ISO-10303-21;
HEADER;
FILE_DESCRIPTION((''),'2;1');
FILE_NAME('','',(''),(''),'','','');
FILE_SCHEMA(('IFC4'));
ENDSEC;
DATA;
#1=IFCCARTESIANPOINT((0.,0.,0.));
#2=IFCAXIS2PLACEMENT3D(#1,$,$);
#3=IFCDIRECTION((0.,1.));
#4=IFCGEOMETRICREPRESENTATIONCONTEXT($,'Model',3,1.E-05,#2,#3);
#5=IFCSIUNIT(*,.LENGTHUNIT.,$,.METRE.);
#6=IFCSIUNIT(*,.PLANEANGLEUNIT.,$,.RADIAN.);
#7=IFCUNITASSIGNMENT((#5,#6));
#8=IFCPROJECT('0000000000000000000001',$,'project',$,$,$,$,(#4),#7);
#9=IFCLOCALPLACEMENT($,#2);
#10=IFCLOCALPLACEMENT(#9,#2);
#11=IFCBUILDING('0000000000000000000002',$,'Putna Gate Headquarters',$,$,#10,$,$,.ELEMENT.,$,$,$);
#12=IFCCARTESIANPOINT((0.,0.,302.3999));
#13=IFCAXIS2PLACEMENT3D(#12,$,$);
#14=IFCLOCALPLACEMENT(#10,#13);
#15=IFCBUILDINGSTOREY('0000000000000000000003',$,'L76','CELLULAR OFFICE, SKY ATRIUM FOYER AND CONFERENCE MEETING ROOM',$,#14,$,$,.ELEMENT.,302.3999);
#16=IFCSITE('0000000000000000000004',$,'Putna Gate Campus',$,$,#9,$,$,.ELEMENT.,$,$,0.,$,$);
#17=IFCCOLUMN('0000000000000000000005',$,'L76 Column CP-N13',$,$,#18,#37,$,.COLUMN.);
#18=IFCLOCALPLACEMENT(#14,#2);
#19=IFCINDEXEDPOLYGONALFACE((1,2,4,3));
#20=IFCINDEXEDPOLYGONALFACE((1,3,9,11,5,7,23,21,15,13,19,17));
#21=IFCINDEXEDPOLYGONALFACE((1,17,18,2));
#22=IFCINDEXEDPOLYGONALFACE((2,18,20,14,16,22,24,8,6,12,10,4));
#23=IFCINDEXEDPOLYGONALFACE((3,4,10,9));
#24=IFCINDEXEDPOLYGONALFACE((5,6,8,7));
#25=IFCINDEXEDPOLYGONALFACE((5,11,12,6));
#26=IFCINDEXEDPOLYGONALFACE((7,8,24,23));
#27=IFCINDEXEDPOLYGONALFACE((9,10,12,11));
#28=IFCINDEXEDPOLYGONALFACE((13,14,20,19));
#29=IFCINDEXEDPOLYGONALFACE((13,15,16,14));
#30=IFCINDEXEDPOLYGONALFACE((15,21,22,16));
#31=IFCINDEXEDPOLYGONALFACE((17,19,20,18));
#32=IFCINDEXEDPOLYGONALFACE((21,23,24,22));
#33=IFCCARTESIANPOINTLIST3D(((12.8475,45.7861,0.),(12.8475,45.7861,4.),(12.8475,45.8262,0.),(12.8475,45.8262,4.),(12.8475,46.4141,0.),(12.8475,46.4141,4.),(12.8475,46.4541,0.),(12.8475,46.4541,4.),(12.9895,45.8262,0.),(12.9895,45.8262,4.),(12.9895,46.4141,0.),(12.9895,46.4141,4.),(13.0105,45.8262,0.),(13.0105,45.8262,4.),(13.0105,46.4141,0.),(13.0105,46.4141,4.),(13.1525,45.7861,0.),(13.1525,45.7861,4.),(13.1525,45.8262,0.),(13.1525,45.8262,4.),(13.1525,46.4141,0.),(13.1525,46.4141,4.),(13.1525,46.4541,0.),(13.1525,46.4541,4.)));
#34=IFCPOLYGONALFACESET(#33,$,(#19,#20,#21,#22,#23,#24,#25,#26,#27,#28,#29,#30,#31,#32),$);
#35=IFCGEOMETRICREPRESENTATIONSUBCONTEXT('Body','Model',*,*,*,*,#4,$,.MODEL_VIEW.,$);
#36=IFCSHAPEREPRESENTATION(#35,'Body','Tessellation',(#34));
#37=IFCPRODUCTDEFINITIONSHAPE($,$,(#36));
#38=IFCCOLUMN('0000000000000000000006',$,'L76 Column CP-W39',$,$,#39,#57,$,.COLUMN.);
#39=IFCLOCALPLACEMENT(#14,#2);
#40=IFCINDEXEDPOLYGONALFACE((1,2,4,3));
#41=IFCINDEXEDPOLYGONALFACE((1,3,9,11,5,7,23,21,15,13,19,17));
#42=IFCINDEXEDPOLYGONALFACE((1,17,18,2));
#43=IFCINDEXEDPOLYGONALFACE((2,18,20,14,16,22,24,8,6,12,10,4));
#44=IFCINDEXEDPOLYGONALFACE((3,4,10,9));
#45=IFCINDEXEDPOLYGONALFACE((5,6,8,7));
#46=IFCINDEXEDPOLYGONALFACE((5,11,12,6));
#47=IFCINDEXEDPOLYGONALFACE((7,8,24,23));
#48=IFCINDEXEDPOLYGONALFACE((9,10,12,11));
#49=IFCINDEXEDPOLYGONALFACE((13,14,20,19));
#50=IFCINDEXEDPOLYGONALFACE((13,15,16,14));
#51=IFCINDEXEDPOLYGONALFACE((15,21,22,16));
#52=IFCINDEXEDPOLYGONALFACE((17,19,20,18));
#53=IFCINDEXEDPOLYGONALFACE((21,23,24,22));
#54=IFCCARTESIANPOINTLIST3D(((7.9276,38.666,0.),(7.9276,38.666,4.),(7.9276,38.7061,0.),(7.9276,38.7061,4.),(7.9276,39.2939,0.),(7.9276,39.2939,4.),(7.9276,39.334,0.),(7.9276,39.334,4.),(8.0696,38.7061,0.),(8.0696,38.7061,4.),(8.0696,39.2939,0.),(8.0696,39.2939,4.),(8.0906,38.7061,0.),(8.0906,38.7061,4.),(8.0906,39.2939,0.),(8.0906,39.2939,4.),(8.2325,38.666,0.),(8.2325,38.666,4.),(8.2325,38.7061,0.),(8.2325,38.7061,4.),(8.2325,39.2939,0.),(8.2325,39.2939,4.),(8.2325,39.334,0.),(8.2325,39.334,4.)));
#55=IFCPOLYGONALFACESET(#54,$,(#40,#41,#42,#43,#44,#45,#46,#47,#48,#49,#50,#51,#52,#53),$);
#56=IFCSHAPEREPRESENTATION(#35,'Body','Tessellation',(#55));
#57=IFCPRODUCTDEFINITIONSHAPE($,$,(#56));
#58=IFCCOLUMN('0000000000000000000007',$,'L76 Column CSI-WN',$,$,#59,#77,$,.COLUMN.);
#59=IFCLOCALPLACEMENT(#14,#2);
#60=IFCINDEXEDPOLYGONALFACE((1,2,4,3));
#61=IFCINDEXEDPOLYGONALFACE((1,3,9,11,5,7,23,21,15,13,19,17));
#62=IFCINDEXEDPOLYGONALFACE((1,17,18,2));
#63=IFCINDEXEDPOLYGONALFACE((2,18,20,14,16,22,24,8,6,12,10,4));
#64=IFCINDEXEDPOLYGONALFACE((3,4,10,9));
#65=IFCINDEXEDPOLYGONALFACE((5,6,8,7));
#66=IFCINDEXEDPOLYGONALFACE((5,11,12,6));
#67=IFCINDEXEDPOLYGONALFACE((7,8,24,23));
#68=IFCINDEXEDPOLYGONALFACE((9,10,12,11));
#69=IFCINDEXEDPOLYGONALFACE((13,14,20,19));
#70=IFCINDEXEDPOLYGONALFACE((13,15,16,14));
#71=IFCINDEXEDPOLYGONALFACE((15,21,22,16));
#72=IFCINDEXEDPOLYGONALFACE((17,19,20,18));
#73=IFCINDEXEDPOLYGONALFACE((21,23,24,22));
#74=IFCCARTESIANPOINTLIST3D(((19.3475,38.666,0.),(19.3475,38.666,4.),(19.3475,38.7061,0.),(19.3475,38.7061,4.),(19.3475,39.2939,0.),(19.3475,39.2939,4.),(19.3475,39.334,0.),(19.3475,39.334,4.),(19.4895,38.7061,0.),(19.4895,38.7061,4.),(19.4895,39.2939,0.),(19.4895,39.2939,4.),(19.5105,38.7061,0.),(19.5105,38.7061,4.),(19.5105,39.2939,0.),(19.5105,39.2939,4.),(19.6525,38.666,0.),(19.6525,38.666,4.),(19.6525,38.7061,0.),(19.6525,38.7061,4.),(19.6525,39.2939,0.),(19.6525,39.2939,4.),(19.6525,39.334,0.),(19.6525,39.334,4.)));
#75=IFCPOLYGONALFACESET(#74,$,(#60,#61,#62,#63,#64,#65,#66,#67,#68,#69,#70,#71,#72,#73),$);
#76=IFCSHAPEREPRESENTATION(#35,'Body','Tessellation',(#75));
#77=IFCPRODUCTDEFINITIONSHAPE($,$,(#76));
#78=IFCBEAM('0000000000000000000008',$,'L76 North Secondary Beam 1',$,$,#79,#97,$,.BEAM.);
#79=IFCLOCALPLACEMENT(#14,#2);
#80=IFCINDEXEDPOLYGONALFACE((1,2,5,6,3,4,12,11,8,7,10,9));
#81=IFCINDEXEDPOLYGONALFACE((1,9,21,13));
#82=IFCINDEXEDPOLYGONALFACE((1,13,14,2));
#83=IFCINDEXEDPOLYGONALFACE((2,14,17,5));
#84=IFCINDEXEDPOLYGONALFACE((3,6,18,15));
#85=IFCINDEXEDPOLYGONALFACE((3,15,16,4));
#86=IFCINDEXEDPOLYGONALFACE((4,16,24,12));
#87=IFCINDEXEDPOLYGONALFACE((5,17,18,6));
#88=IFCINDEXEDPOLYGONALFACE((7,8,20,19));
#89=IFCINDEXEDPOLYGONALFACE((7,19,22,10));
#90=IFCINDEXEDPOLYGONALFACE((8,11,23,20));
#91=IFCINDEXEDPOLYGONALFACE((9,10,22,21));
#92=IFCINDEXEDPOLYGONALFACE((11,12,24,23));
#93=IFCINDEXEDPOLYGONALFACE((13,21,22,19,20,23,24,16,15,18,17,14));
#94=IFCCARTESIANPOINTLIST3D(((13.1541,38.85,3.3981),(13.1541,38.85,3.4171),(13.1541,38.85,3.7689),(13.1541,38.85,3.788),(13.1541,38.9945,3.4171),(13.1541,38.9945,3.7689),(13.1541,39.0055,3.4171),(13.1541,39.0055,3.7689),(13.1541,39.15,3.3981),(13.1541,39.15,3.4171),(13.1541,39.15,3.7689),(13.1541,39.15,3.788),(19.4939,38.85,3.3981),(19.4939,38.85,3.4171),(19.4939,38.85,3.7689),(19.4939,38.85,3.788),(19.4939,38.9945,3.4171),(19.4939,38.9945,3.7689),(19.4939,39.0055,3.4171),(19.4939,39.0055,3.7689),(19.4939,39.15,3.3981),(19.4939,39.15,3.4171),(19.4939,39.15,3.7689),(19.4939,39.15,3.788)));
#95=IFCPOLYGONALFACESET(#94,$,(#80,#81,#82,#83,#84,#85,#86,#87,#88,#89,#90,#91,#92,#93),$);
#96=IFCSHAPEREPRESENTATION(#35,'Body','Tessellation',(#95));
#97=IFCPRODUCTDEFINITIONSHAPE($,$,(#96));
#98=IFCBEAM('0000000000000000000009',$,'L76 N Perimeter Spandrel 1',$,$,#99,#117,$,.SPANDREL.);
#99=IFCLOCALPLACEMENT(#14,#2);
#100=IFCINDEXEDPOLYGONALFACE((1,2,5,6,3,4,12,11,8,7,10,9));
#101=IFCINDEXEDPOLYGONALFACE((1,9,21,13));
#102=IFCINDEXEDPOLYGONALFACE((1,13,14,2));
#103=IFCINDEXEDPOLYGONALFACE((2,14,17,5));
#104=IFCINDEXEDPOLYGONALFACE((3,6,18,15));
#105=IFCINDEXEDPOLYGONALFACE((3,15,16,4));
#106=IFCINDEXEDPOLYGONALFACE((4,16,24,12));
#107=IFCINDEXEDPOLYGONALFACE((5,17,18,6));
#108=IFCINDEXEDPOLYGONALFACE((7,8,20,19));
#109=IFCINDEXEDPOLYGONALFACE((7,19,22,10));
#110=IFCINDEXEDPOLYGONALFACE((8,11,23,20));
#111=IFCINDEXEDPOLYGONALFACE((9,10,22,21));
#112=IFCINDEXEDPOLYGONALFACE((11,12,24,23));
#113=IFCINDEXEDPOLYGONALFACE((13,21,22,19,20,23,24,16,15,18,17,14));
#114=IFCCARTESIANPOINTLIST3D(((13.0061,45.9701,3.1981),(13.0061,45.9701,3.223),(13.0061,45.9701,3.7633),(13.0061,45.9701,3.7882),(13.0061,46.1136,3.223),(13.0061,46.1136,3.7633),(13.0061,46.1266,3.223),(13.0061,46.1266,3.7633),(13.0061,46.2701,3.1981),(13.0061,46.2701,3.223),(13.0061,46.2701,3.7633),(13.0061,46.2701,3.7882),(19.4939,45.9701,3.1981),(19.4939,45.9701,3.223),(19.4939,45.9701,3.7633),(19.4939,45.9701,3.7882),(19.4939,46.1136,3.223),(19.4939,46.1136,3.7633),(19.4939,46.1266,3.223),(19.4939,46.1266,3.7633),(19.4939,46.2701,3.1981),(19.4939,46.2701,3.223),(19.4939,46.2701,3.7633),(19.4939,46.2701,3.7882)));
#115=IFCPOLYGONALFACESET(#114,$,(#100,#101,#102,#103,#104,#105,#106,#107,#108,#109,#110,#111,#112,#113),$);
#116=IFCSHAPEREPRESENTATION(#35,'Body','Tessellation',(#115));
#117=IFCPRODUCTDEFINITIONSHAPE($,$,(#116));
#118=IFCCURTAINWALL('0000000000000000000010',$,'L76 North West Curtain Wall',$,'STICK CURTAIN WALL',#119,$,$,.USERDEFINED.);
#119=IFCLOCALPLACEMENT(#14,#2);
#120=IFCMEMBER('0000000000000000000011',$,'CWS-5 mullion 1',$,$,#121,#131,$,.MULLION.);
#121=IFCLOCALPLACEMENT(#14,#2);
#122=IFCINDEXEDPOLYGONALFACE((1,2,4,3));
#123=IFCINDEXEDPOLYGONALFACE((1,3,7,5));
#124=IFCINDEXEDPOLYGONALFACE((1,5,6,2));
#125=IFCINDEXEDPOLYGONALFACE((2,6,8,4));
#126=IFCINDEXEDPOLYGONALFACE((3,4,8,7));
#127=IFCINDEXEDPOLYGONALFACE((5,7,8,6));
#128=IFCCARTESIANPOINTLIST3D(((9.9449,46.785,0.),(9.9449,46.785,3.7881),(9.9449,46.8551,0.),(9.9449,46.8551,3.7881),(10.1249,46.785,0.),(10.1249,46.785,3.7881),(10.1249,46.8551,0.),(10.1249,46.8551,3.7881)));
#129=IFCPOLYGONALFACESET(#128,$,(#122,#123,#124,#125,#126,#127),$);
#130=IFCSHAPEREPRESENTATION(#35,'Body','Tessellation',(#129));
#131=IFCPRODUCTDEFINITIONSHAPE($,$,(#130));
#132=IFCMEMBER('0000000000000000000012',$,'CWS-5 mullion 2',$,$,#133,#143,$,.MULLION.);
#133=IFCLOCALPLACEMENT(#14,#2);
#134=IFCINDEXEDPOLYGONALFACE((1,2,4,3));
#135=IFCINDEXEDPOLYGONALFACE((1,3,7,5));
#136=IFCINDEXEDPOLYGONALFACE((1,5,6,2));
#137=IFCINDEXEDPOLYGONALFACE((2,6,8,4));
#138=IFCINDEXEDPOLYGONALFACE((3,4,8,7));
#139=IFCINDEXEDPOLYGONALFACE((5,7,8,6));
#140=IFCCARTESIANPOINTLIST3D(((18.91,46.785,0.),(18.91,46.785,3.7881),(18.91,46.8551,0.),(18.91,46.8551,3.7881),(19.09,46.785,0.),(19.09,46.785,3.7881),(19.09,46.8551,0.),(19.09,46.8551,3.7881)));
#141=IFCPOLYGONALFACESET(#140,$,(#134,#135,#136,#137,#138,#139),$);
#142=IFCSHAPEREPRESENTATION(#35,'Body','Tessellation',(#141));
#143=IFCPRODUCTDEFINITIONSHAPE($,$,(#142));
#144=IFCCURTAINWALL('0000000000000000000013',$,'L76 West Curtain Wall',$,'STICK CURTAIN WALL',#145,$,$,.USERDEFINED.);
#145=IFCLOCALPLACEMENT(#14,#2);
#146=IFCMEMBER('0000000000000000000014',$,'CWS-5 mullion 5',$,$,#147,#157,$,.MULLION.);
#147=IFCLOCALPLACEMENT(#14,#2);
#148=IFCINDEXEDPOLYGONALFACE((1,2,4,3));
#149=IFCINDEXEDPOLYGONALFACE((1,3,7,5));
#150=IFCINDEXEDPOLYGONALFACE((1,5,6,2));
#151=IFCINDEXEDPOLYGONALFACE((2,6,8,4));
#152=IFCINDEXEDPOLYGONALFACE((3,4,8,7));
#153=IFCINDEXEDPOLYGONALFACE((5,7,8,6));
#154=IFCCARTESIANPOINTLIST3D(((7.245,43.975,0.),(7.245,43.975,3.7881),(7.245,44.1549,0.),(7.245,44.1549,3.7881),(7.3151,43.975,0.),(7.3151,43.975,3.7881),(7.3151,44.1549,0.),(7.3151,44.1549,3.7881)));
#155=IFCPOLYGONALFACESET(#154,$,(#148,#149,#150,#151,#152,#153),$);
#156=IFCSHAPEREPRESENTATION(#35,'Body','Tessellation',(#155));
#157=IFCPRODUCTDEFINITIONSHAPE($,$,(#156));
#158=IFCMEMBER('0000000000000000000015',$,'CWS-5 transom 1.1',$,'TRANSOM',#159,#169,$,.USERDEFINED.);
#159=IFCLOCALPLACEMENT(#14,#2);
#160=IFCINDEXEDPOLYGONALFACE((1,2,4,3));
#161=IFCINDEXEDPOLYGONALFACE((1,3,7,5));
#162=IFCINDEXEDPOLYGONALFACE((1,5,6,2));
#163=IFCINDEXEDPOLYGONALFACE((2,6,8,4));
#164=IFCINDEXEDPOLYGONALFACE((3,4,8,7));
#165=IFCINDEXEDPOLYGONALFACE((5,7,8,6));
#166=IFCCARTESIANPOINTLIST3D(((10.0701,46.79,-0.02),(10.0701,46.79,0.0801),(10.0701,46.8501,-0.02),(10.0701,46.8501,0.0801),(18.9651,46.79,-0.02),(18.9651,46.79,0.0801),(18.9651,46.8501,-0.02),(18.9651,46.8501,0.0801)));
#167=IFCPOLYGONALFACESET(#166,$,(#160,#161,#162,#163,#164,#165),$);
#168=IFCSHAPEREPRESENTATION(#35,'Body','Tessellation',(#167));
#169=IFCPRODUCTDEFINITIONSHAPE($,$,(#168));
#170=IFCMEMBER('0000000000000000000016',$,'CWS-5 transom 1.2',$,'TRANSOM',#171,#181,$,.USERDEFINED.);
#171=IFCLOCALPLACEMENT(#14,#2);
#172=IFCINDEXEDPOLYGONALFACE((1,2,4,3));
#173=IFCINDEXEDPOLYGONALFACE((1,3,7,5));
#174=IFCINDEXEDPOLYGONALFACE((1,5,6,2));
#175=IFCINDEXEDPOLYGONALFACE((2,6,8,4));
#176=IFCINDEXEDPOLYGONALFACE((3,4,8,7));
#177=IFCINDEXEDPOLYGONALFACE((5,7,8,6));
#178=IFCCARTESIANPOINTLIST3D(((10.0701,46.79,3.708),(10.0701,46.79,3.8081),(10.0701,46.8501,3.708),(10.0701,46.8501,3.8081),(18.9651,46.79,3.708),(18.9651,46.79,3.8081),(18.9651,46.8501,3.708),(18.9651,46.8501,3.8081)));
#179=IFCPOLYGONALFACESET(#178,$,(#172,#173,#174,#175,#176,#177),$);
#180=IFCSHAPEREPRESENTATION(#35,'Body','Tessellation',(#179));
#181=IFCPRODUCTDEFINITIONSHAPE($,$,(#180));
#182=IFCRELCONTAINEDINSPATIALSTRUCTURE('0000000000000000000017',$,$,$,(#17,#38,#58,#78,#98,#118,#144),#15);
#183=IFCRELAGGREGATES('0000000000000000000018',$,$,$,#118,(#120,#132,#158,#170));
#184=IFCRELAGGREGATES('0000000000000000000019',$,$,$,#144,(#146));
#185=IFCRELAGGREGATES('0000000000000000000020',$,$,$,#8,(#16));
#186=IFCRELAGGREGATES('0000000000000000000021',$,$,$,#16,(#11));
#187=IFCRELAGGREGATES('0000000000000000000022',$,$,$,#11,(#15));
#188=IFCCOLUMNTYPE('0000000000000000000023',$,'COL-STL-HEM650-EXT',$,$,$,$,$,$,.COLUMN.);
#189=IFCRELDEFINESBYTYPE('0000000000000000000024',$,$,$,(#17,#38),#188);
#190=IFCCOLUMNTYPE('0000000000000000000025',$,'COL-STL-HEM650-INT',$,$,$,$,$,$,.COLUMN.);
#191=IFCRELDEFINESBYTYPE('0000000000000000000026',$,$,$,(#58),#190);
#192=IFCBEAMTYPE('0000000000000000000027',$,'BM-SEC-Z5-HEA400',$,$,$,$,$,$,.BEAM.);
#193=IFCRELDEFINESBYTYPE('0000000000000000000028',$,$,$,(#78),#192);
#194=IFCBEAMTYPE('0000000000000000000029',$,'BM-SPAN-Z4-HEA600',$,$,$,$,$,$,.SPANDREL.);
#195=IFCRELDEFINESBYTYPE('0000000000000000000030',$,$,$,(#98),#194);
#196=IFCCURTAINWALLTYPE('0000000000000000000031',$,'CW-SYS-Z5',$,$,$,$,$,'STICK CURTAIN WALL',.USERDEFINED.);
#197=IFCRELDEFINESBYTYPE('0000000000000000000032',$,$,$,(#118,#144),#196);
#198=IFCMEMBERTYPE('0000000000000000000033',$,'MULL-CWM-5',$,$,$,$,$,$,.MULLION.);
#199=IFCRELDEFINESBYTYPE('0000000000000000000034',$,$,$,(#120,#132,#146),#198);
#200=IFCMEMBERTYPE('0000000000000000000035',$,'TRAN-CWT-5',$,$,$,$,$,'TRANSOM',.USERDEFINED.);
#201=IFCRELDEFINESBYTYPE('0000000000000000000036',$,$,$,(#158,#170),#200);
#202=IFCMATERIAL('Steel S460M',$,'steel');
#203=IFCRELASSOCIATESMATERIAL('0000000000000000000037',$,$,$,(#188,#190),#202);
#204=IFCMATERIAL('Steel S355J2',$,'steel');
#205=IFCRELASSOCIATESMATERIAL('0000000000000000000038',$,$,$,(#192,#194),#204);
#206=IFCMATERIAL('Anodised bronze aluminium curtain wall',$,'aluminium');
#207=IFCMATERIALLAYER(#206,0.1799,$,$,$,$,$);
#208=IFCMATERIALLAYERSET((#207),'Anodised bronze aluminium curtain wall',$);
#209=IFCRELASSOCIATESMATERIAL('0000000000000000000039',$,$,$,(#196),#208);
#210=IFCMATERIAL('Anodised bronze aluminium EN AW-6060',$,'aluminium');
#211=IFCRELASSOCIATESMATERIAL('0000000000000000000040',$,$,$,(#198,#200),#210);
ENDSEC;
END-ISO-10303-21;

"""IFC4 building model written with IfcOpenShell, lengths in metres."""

from ifc_helpers import new_model, si_unit, direction, frame, origin, origin_2d, place, context, subcontext, project, spatial, rectangle, i_section, extrude, material, layer, layer_set, material_profile, profile_set, type_object, element, aggregate, save


model = new_model("IFC4")

# Units and contexts
model_context = context("Model", 3, precision=1e-05, world=origin(), true_north=direction((0.0, 1.0)))
body_context = subcontext(model_context, "Body", "Model", "MODEL_VIEW")
ifc_project = project(units=[si_unit("LENGTHUNIT", "METRE"), si_unit("PLANEANGLEUNIT", "RADIAN")], contexts=[model_context])

# Site, building, storey
site_placement = place(None, origin())
site = spatial("IfcSite", under=ifc_project, at=site_placement, Name="Putna Gate Campus", CompositionType="ELEMENT", RefElevation=0.0)
building_placement = place(site_placement, origin())
building = spatial("IfcBuilding", under=site, at=building_placement, Name="Putna Gate Headquarters", CompositionType="ELEMENT")
storey_placement = place(building_placement, frame((0.0, 0.0, 302.3999)))
storey = spatial("IfcBuildingStorey", under=building, at=storey_placement, Name="L76", Description="CELLULAR OFFICE, SKY ATRIUM FOYER AND CONFERENCE MEETING ROOM", CompositionType="ELEMENT", Elevation=302.3999)

# Columns
ifc_material_1 = material(Name="Steel S460M", Category="steel")
ifc_material_profile_1 = material_profile(ifc_material_1, i_section(OverallWidth=0.3049, OverallDepth=0.668, WebThickness=0.021, FlangeThickness=0.04, at=origin_2d()), Name="Steel S460M")
ifc_profile_set_1 = profile_set([ifc_material_profile_1], Name="Steel S460M")
column_type_1 = type_object("IfcColumnType", Name="COL-STL-HEM650-EXT", PredefinedType="COLUMN", material=ifc_profile_set_1)
for number, where, z_axis, x_axis, name in (
    (1, (13.0, 46.1201, 0.0), (0.0, 0.0, 1.0), (1.0, 0.0, 0.0), "L76 Column CP-N13"),
    (2, (8.0801, 39.0, 0.0), (0.0, 0.0, 1.0), (1.0, 0.0, 0.0), "L76 Column CP-W39"),
):
    element("IfcColumn", number, at=place(storey_placement, frame(where, z_axis=z_axis, x_axis=x_axis)), inside=storey, type_object=column_type_1, Name=name, PredefinedType="COLUMN", context=body_context, shape_type="SweptSolid", body=[
        extrude(i_section(OverallWidth=0.3049, OverallDepth=0.668, WebThickness=0.021, FlangeThickness=0.04, at=origin_2d()), origin(), (0.0, 0.0, 1.0), 4.0),
    ])
ifc_material_profile_2 = material_profile(ifc_material_1, i_section(OverallWidth=0.3049, OverallDepth=0.668, WebThickness=0.021, FlangeThickness=0.04, at=origin_2d()), Name="Steel S460M")
ifc_profile_set_2 = profile_set([ifc_material_profile_2], Name="Steel S460M")
column_type_2 = type_object("IfcColumnType", Name="COL-STL-HEM650-INT", PredefinedType="COLUMN", material=ifc_profile_set_2)
column_placement = place(storey_placement, frame((19.5, 39.0, 0.0), z_axis=(0.0, 0.0, 1.0), x_axis=(1.0, 0.0, 0.0)))
element("IfcColumn", 3, at=column_placement, inside=storey, type_object=column_type_2, Name="L76 Column CSI-WN", PredefinedType="COLUMN", context=body_context, shape_type="SweptSolid", body=[
    extrude(i_section(OverallWidth=0.3049, OverallDepth=0.668, WebThickness=0.021, FlangeThickness=0.04, at=origin_2d()), origin(), (0.0, 0.0, 1.0), 4.0),
])

# Beams
ifc_material_2 = material(Name="Steel S355J2", Category="steel")
ifc_material_profile_3 = material_profile(ifc_material_2, i_section(OverallWidth=0.3, OverallDepth=0.3899, WebThickness=0.011, FlangeThickness=0.019, at=origin_2d()), Name="Steel S355J2")
ifc_profile_set_3 = profile_set([ifc_material_profile_3], Name="Steel S355J2")
beam_type_1 = type_object("IfcBeamType", Name="BM-SEC-Z5-HEA400", PredefinedType="BEAM", material=ifc_profile_set_3)
beam_1_placement = place(storey_placement, frame((13.1541, 39.0, 3.593), z_axis=(1.0, 0.0, 0.0), x_axis=(0.0, 1.0, 0.0)))
element("IfcBeam", 4, at=beam_1_placement, inside=storey, type_object=beam_type_1, Name="L76 North Secondary Beam 1", PredefinedType="BEAM", context=body_context, shape_type="SweptSolid", body=[
    extrude(i_section(OverallWidth=0.3, OverallDepth=0.3899, WebThickness=0.011, FlangeThickness=0.019, at=origin_2d()), origin(), (0.0, 0.0, 1.0), 6.3398),
])
ifc_material_profile_4 = material_profile(ifc_material_2, i_section(OverallWidth=0.3, OverallDepth=0.5901, WebThickness=0.0129, FlangeThickness=0.0249, at=origin_2d()), Name="Steel S355J2")
ifc_profile_set_4 = profile_set([ifc_material_profile_4], Name="Steel S355J2")
beam_type_2 = type_object("IfcBeamType", Name="BM-SPAN-Z4-HEA600", PredefinedType="SPANDREL", material=ifc_profile_set_4)
beam_2_placement = place(storey_placement, frame((13.0061, 46.1201, 3.4932), z_axis=(1.0, 0.0, 0.0), x_axis=(0.0, 1.0, 0.0)))
element("IfcBeam", 5, at=beam_2_placement, inside=storey, type_object=beam_type_2, Name="L76 N Perimeter Spandrel 1", PredefinedType="SPANDREL", context=body_context, shape_type="SweptSolid", body=[
    extrude(i_section(OverallWidth=0.3, OverallDepth=0.5901, WebThickness=0.0129, FlangeThickness=0.0249, at=origin_2d()), origin(), (0.0, 0.0, 1.0), 6.4878),
])

# Curtain wall, members
ifc_material_3 = material(Name="Anodised bronze aluminium curtain wall", Category="aluminium")
ifc_layer_1 = layer(ifc_material_3, 0.1799)
ifc_layer_set_1 = layer_set([ifc_layer_1], Name="Anodised bronze aluminium curtain wall")
curtain_wall_type = type_object("IfcCurtainWallType", Name="CW-SYS-Z5", ElementType="STICK CURTAIN WALL", PredefinedType="USERDEFINED", material=ifc_layer_set_1)
curtain_wall_1_placement = place(storey_placement, origin())
curtain_wall_1 = element("IfcCurtainWall", 6, at=curtain_wall_1_placement, inside=storey, type_object=curtain_wall_type, Name="L76 North West Curtain Wall", ObjectType="STICK CURTAIN WALL", PredefinedType="USERDEFINED")
ifc_material_4 = material(Name="Anodised bronze aluminium EN AW-6060", Category="aluminium")
ifc_material_profile_5 = material_profile(ifc_material_4, rectangle(XDim=0.0701, YDim=0.1799, at=origin_2d()), Name="Anodised bronze aluminium EN AW-6060")
ifc_profile_set_5 = profile_set([ifc_material_profile_5], Name="Anodised bronze aluminium EN AW-6060")
member_type_1 = type_object("IfcMemberType", Name="MULL-CWM-5", PredefinedType="MULLION", material=ifc_profile_set_5)
member_1_placement = place(storey_placement, frame((10.0349, 46.8201, 0.0), z_axis=(0.0, 0.0, 1.0), x_axis=(0.0, 1.0, 0.0)))
member_1 = element("IfcMember", 7, at=member_1_placement, type_object=member_type_1, Name="CWS-5 mullion 1", PredefinedType="MULLION", context=body_context, shape_type="SweptSolid", body=[
    extrude(rectangle(XDim=0.0701, YDim=0.1799, at=origin_2d()), origin(), (0.0, 0.0, 1.0), 3.7881),
])
member_2_placement = place(storey_placement, frame((19.0, 46.8201, 0.0), z_axis=(0.0, 0.0, 1.0), x_axis=(0.0, 1.0, 0.0)))
member_2 = element("IfcMember", 8, at=member_2_placement, type_object=member_type_1, Name="CWS-5 mullion 2", PredefinedType="MULLION", context=body_context, shape_type="SweptSolid", body=[
    extrude(rectangle(XDim=0.0701, YDim=0.1799, at=origin_2d()), origin(), (0.0, 0.0, 1.0), 3.7881),
])

# Curtain wall, member
curtain_wall_2_placement = place(storey_placement, origin())
curtain_wall_2 = element("IfcCurtainWall", 9, at=curtain_wall_2_placement, inside=storey, type_object=curtain_wall_type, Name="L76 West Curtain Wall", ObjectType="STICK CURTAIN WALL", PredefinedType="USERDEFINED")
member_3_placement = place(storey_placement, frame((7.28, 44.0649, 0.0), z_axis=(0.0, 0.0, 1.0), x_axis=(-1.0, 0.0, 0.0)))
member_3 = element("IfcMember", 10, at=member_3_placement, type_object=member_type_1, Name="CWS-5 mullion 5", PredefinedType="MULLION", context=body_context, shape_type="SweptSolid", body=[
    extrude(rectangle(XDim=0.0701, YDim=0.1799, at=origin_2d()), origin(), (0.0, 0.0, 1.0), 3.7881),
])

# Members
ifc_material_profile_6 = material_profile(ifc_material_4, rectangle(XDim=0.0601, YDim=0.1001, at=origin_2d()), Name="Anodised bronze aluminium EN AW-6060")
ifc_profile_set_6 = profile_set([ifc_material_profile_6], Name="Anodised bronze aluminium EN AW-6060")
member_type_2 = type_object("IfcMemberType", Name="TRAN-CWT-5", ElementType="TRANSOM", PredefinedType="USERDEFINED", material=ifc_profile_set_6)
member_4_placement = place(storey_placement, frame((10.0701, 46.8201, 0.03), z_axis=(1.0, 0.0, 0.0), x_axis=(0.0, 1.0, 0.0)))
member_4 = element("IfcMember", 11, at=member_4_placement, type_object=member_type_2, Name="CWS-5 transom 1.1", ObjectType="TRANSOM", PredefinedType="USERDEFINED", context=body_context, shape_type="SweptSolid", body=[
    extrude(rectangle(XDim=0.0601, YDim=0.1001, at=origin_2d()), origin(), (0.0, 0.0, 1.0), 8.895),
])
member_5_placement = place(storey_placement, frame((10.0701, 46.8201, 3.7581), z_axis=(1.0, 0.0, 0.0), x_axis=(0.0, 1.0, 0.0)))
member_5 = element("IfcMember", 12, at=member_5_placement, type_object=member_type_2, Name="CWS-5 transom 1.2", ObjectType="TRANSOM", PredefinedType="USERDEFINED", context=body_context, shape_type="SweptSolid", body=[
    extrude(rectangle(XDim=0.0601, YDim=0.1001, at=origin_2d()), origin(), (0.0, 0.0, 1.0), 8.895),
])

aggregate(curtain_wall_1, [member_1, member_2, member_4, member_5])
aggregate(curtain_wall_2, [member_3])

save(model, "model.ifc")
